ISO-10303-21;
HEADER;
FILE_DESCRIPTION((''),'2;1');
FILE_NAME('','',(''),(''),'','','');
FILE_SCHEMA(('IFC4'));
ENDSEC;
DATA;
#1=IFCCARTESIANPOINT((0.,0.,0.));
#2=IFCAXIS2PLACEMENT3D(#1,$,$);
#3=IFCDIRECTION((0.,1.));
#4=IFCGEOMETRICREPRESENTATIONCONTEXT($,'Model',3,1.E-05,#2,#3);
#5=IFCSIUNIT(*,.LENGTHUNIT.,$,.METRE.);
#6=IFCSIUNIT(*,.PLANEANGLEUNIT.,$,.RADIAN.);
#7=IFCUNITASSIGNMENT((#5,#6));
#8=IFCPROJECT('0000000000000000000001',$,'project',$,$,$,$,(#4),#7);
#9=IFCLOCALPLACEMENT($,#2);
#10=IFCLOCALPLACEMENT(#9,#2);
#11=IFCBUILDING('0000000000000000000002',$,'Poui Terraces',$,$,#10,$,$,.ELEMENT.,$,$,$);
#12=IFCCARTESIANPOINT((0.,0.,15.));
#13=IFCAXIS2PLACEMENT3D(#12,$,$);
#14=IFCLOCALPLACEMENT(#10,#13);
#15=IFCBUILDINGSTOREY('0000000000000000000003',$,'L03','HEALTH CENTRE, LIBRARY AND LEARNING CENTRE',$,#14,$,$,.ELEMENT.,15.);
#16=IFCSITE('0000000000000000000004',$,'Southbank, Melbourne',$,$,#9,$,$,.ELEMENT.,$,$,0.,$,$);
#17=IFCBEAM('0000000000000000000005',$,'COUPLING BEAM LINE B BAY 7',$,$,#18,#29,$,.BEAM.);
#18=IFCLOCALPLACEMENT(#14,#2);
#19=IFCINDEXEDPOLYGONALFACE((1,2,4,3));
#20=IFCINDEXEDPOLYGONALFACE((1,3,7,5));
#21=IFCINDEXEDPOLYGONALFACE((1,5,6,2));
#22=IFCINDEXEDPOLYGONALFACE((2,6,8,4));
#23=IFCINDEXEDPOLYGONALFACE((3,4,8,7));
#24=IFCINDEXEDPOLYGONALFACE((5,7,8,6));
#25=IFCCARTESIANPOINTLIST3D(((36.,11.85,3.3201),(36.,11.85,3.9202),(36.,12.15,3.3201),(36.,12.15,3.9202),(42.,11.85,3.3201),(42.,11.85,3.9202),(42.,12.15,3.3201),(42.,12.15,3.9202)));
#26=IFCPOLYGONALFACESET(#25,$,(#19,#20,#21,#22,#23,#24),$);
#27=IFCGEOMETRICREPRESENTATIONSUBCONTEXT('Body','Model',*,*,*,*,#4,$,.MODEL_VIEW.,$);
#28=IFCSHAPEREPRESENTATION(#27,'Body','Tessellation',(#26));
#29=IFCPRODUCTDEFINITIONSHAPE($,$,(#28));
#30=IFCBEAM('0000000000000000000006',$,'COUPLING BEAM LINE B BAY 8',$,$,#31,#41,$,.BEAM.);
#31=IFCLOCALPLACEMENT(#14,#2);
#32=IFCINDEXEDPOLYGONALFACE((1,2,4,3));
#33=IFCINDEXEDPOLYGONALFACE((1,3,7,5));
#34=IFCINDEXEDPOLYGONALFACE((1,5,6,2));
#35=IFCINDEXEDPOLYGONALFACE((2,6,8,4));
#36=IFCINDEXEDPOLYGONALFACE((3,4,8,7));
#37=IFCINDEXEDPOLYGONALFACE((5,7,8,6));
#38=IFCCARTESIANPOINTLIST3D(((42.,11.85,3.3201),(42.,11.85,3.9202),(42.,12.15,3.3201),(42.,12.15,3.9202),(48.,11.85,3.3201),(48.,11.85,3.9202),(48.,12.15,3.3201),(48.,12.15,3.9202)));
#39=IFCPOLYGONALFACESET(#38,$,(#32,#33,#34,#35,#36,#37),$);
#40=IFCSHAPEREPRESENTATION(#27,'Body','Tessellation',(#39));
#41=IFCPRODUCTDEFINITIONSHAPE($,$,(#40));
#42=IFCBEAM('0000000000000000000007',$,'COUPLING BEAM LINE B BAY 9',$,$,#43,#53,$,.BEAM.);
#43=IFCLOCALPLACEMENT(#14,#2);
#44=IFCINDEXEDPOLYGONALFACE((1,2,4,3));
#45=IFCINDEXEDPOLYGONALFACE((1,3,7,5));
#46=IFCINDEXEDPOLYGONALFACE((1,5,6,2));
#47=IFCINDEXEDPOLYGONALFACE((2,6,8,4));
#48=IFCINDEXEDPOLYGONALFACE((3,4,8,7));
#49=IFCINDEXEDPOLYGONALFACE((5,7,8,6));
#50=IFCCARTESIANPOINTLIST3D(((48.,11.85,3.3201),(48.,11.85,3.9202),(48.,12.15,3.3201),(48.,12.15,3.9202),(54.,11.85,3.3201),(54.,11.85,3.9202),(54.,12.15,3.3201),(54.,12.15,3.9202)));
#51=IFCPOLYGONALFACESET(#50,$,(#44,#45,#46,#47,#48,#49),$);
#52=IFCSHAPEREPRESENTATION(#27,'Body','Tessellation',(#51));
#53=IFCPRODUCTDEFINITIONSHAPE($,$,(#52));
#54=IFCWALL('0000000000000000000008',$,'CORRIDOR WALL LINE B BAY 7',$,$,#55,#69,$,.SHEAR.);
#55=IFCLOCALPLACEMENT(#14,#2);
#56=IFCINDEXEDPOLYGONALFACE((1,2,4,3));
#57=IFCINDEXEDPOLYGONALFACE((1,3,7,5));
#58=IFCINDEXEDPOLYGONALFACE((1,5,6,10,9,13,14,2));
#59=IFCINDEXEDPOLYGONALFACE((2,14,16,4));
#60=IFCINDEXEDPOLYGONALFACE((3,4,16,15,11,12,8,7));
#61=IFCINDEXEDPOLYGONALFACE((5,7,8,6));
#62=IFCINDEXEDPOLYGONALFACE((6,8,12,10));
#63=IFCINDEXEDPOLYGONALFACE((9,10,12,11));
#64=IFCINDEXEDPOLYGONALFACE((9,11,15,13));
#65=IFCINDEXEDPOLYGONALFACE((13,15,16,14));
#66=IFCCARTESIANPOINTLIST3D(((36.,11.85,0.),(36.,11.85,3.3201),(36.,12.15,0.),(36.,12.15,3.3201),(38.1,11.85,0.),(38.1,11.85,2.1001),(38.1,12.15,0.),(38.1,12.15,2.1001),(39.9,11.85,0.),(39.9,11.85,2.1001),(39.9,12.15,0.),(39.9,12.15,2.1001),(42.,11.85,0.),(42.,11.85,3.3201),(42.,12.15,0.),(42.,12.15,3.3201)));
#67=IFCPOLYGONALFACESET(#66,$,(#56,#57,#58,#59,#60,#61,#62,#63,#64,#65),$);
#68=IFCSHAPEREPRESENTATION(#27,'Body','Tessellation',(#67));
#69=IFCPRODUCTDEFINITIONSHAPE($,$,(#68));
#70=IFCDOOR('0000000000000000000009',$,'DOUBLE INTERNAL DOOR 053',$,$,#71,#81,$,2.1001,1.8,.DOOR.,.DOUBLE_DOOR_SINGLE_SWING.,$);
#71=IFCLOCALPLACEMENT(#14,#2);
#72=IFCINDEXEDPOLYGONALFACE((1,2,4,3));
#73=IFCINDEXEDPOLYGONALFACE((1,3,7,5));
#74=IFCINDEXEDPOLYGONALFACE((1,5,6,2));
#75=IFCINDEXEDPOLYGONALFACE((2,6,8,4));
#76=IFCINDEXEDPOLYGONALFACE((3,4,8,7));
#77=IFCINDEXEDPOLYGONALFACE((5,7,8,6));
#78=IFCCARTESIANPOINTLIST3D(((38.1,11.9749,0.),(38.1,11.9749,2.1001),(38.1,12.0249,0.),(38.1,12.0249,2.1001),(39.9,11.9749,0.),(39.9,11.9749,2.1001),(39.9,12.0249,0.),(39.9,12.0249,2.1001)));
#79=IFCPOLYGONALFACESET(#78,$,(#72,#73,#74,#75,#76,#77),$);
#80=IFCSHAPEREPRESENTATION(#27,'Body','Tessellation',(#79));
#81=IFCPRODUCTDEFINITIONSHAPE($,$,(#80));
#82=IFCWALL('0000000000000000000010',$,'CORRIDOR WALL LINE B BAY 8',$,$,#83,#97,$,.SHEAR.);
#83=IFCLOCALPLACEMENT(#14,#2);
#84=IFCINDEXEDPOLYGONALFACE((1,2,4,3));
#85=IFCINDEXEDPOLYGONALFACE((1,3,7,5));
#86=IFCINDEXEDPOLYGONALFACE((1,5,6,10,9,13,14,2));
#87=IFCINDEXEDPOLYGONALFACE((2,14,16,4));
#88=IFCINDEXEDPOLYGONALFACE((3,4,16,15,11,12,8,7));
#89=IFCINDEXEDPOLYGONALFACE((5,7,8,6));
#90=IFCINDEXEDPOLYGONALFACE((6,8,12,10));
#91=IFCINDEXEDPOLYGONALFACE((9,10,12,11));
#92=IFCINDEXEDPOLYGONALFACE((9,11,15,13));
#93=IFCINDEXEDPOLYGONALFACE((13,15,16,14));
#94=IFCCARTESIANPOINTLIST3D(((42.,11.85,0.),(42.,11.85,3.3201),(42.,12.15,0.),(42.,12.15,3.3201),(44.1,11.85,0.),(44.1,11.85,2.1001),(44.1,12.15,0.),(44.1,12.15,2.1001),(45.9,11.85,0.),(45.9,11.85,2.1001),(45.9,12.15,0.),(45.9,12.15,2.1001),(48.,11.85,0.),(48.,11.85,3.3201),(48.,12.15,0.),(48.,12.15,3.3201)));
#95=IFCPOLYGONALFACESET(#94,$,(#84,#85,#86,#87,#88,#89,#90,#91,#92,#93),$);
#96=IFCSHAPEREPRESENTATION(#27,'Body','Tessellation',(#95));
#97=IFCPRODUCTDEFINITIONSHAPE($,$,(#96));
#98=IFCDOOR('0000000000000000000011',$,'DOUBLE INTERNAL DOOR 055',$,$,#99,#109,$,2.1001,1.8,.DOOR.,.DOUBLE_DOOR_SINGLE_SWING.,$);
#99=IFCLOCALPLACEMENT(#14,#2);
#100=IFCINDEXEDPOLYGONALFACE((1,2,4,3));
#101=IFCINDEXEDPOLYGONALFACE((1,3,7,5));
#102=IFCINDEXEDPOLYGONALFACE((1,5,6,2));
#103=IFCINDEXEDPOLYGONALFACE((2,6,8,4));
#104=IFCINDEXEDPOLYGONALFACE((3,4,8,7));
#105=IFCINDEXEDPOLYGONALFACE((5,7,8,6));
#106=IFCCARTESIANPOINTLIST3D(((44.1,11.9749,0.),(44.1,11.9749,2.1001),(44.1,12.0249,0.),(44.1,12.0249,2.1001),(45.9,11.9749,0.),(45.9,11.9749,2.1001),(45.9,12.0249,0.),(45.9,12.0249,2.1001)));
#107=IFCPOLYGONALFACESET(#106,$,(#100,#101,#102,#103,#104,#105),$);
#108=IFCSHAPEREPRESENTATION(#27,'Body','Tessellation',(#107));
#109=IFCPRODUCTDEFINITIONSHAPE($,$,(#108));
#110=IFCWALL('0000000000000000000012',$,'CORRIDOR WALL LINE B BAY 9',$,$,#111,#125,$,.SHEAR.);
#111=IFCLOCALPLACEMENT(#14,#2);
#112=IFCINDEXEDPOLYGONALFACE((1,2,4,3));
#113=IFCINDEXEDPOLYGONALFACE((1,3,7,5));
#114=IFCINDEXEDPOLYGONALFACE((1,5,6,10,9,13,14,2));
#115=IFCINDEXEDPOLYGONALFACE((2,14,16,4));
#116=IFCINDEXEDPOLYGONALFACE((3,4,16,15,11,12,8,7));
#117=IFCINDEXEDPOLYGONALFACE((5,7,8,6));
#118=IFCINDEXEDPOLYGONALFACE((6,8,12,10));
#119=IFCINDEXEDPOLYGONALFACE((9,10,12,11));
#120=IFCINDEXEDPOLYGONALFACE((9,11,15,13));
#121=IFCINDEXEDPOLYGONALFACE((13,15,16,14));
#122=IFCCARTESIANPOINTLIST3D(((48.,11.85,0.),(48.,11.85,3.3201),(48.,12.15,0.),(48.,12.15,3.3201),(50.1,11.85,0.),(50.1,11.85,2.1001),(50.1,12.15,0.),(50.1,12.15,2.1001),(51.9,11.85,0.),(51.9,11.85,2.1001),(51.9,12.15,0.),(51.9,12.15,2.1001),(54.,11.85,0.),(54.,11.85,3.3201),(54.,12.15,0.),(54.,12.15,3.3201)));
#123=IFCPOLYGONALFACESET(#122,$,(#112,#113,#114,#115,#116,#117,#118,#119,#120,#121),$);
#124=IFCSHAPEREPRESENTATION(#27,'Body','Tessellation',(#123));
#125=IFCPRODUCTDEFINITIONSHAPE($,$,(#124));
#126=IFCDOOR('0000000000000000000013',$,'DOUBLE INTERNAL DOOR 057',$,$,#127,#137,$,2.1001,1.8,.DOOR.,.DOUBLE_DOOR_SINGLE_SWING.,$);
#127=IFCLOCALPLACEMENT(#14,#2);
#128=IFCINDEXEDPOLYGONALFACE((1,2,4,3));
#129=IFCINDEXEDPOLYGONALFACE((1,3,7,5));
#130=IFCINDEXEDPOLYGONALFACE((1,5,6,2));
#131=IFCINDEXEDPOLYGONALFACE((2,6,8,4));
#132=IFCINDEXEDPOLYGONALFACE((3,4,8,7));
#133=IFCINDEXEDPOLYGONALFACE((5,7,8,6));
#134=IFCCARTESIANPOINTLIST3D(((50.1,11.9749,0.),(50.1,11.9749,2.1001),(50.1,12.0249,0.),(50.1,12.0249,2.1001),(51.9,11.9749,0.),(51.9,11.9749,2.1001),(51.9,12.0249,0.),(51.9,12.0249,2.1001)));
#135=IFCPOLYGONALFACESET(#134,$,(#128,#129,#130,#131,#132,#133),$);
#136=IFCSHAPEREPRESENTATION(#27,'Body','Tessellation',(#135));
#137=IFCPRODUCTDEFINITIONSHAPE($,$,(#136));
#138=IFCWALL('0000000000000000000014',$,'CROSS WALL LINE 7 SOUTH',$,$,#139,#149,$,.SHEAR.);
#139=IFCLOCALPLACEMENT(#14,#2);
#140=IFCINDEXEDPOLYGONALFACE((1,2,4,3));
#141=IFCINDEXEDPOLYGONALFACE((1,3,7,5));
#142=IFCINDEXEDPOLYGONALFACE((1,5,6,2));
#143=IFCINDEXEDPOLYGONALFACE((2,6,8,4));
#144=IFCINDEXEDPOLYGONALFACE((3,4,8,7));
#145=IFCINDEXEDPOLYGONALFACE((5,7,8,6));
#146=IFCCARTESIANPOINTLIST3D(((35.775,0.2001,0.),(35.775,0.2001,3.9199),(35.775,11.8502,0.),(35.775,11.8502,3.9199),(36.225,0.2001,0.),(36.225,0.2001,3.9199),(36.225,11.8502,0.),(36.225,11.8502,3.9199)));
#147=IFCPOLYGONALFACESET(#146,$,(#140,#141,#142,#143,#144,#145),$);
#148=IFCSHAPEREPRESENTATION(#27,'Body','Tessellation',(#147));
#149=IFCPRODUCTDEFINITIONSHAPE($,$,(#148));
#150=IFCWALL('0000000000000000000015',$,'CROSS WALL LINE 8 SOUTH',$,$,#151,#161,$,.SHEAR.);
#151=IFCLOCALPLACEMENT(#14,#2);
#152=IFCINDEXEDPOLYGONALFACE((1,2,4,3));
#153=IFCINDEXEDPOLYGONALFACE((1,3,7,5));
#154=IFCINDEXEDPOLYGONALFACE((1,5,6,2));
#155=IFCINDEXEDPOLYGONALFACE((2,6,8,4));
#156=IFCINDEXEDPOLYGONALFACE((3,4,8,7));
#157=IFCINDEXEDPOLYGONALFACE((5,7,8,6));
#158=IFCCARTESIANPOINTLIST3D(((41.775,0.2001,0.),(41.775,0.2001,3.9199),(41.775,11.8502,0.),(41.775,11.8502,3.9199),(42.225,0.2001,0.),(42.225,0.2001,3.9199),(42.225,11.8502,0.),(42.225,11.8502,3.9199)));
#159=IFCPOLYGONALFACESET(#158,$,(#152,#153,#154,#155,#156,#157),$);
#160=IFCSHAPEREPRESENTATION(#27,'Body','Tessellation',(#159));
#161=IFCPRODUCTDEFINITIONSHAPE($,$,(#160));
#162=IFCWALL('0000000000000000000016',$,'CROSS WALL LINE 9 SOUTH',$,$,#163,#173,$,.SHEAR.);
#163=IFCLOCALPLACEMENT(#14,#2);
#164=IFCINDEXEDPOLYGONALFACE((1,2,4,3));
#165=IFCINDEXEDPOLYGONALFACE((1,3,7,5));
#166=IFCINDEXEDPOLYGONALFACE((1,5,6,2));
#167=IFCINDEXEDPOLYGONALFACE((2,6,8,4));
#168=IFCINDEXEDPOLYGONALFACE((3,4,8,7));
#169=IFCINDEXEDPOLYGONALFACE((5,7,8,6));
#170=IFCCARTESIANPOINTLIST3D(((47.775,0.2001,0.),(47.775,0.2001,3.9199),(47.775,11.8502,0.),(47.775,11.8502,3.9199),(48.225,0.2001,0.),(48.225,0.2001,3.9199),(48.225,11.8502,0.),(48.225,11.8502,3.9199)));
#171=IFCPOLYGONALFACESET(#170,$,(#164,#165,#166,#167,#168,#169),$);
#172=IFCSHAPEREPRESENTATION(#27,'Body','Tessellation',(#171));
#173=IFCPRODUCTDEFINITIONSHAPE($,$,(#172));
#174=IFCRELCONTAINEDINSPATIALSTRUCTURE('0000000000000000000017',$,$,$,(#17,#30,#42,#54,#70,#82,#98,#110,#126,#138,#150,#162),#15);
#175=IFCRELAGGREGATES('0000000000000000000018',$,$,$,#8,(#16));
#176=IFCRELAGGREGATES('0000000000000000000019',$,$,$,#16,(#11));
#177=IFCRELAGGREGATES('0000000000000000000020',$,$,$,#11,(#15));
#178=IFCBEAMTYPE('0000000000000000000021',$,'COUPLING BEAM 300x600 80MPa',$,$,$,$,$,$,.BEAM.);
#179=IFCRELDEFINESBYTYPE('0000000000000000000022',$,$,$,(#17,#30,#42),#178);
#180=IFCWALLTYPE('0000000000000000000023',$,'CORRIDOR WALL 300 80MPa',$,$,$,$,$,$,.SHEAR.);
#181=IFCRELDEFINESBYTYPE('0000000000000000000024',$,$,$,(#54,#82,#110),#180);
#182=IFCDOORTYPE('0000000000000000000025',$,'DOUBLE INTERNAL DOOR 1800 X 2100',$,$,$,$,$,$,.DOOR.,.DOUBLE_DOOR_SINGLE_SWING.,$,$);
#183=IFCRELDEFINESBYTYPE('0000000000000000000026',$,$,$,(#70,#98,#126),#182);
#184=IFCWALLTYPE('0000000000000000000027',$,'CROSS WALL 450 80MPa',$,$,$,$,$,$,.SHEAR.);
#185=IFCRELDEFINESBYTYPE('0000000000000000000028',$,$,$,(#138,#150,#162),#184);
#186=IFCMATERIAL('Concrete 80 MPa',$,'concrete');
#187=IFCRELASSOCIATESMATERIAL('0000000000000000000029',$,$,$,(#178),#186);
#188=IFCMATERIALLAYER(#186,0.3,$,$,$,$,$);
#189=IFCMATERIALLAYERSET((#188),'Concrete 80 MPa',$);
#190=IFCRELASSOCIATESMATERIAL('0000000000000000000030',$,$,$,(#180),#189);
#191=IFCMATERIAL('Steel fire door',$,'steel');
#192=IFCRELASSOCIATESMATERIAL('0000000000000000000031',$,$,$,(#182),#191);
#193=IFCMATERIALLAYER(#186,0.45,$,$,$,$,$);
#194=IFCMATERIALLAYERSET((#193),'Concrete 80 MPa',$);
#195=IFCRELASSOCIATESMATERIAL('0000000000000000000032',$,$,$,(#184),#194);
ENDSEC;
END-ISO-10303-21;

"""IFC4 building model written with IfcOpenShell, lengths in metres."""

from ifc_helpers import new_model, si_unit, direction, frame, frame_2d, origin, origin_2d, place, context, subcontext, project, spatial, rectangle, extrude, source, transform, mapped, material, layer, layer_set, material_profile, profile_set, type_object, element, fill, save


model = new_model("IFC4")

# Units and contexts
model_context = context("Model", 3, precision=1e-05, world=origin(), true_north=direction((0.0, 1.0)))
body_context = subcontext(model_context, "Body", "Model", "MODEL_VIEW")
ifc_project = project(units=[si_unit("LENGTHUNIT", "METRE"), si_unit("PLANEANGLEUNIT", "RADIAN")], contexts=[model_context])

# Site, building, storey
site_placement = place(None, origin())
site = spatial("IfcSite", under=ifc_project, at=site_placement, Name="Southbank, Melbourne", CompositionType="ELEMENT", RefElevation=0.0)
building_placement = place(site_placement, origin())
building = spatial("IfcBuilding", under=site, at=building_placement, Name="Poui Terraces", CompositionType="ELEMENT")
storey_placement = place(building_placement, frame((0.0, 0.0, 15.0)))
storey = spatial("IfcBuildingStorey", under=building, at=storey_placement, Name="L03", Description="HEALTH CENTRE, LIBRARY AND LEARNING CENTRE", CompositionType="ELEMENT", Elevation=15.0)

# Beams
ifc_material_1 = material(Name="Concrete 80 MPa", Category="concrete")
ifc_material_profile = material_profile(ifc_material_1, rectangle(XDim=0.3, YDim=0.6001, at=origin_2d()), Name="RC 300x600")
ifc_profile_set = profile_set([ifc_material_profile], Name="Concrete 80 MPa")
beam_type = type_object("IfcBeamType", Name="COUPLING BEAM 300x600 80MPa", PredefinedType="BEAM", material=ifc_profile_set)
shared_shape = source(origin(), body_context, "Body", "SweptSolid", [
    extrude(rectangle(XDim=0.3, YDim=0.6001, at=origin_2d()), origin(), (0.0, 0.0, 1.0), 6.0),
])
for number, where, z_axis, x_axis, name in (
    (1, (36.0, 12.0, 3.6201), (1.0, 0.0, 0.0), (0.0, 1.0, 0.0), "COUPLING BEAM LINE B BAY 7"),
    (2, (42.0, 12.0, 3.6201), (1.0, 0.0, 0.0), (0.0, 1.0, 0.0), "COUPLING BEAM LINE B BAY 8"),
    (3, (48.0, 12.0, 3.6201), (1.0, 0.0, 0.0), (0.0, 1.0, 0.0), "COUPLING BEAM LINE B BAY 9"),
):
    element("IfcBeam", number, at=place(storey_placement, frame(where, z_axis=z_axis, x_axis=x_axis)), inside=storey, type_object=beam_type, Name=name, PredefinedType="BEAM", context=body_context, shape_type="MappedRepresentation", body=[
        mapped(shared_shape, transform((0.0, 0.0, 0.0))),
    ])

# Walls, openings, doors
ifc_layer_1 = layer(ifc_material_1, 0.3)
ifc_layer_set_1 = layer_set([ifc_layer_1], Name="Concrete 80 MPa")
wall_type_1 = type_object("IfcWallType", Name="CORRIDOR WALL 300 80MPa", PredefinedType="SHEAR", material=ifc_layer_set_1)
wall_1_placement = place(storey_placement, frame((36.0, 12.0, 0.0), z_axis=(0.0, 0.0, 1.0), x_axis=(1.0, 0.0, 0.0)))
wall_1 = element("IfcWall", 4, at=wall_1_placement, inside=storey, type_object=wall_type_1, Name="CORRIDOR WALL LINE B BAY 7", PredefinedType="SHEAR", context=body_context, shape_type="SweptSolid", body=[
    extrude(rectangle(XDim=6.0, YDim=0.3, at=frame_2d((3.0, 0.0))), origin(), (0.0, 0.0, 1.0), 3.3201),
])
opening_1_placement = place(wall_1_placement, frame((2.1001, 0.0, 0.0)))
opening_1 = element("IfcOpeningElement", 5, at=opening_1_placement, cuts=wall_1, PredefinedType="OPENING", context=body_context, shape_type="SweptSolid", body=[
    extrude(rectangle(XDim=1.8, YDim=2.1001, at=frame_2d((0.8999, 1.05))), frame((0.0, 0.1602, 0.0), z_axis=(0.0, -1.0, 0.0), x_axis=(1.0, 0.0, 0.0)), (0.0, 0.0, 1.0), 0.3201),
])
ifc_material_2 = material(Name="Steel fire door", Category="steel")
door_type_1 = type_object("IfcDoorType", Name="DOUBLE INTERNAL DOOR 1800 X 2100", OperationType="DOUBLE_DOOR_SINGLE_SWING", PredefinedType="DOOR", material=ifc_material_2)
door_1_placement = place(opening_1_placement, origin())
door_1 = element("IfcDoor", 6, at=door_1_placement, inside=storey, type_object=door_type_1, Name="DOUBLE INTERNAL DOOR 053", OperationType="DOUBLE_DOOR_SINGLE_SWING", OverallHeight=2.1001, OverallWidth=1.8, PredefinedType="DOOR", context=body_context, shape_type="SweptSolid", body=[
    extrude(rectangle(XDim=1.8, YDim=2.1001, at=frame_2d((0.8999, 1.05))), frame((0.0, 0.0249, 0.0), z_axis=(0.0, -1.0, 0.0), x_axis=(1.0, 0.0, 0.0)), (0.0, 0.0, 1.0), 0.05),
])
fill(opening_1, door_1)
wall_2_placement = place(storey_placement, frame((42.0, 12.0, 0.0), z_axis=(0.0, 0.0, 1.0), x_axis=(1.0, 0.0, 0.0)))
wall_2 = element("IfcWall", 7, at=wall_2_placement, inside=storey, type_object=wall_type_1, Name="CORRIDOR WALL LINE B BAY 8", PredefinedType="SHEAR", context=body_context, shape_type="SweptSolid", body=[
    extrude(rectangle(XDim=6.0, YDim=0.3, at=frame_2d((3.0, 0.0))), origin(), (0.0, 0.0, 1.0), 3.3201),
])
opening_2_placement = place(wall_2_placement, frame((2.1001, 0.0, 0.0)))
opening_2 = element("IfcOpeningElement", 8, at=opening_2_placement, cuts=wall_2, PredefinedType="OPENING", context=body_context, shape_type="SweptSolid", body=[
    extrude(rectangle(XDim=1.8, YDim=2.1001, at=frame_2d((0.8999, 1.05))), frame((0.0, 0.1602, 0.0), z_axis=(0.0, -1.0, 0.0), x_axis=(1.0, 0.0, 0.0)), (0.0, 0.0, 1.0), 0.3201),
])
door_2_placement = place(opening_2_placement, origin())
door_2 = element("IfcDoor", 9, at=door_2_placement, inside=storey, type_object=door_type_1, Name="DOUBLE INTERNAL DOOR 055", OperationType="DOUBLE_DOOR_SINGLE_SWING", OverallHeight=2.1001, OverallWidth=1.8, PredefinedType="DOOR", context=body_context, shape_type="SweptSolid", body=[
    extrude(rectangle(XDim=1.8, YDim=2.1001, at=frame_2d((0.8999, 1.05))), frame((0.0, 0.0249, 0.0), z_axis=(0.0, -1.0, 0.0), x_axis=(1.0, 0.0, 0.0)), (0.0, 0.0, 1.0), 0.05),
])
fill(opening_2, door_2)
wall_3_placement = place(storey_placement, frame((48.0, 12.0, 0.0), z_axis=(0.0, 0.0, 1.0), x_axis=(1.0, 0.0, 0.0)))
wall_3 = element("IfcWall", 10, at=wall_3_placement, inside=storey, type_object=wall_type_1, Name="CORRIDOR WALL LINE B BAY 9", PredefinedType="SHEAR", context=body_context, shape_type="SweptSolid", body=[
    extrude(rectangle(XDim=6.0, YDim=0.3, at=frame_2d((3.0, 0.0))), origin(), (0.0, 0.0, 1.0), 3.3201),
])
opening_3_placement = place(wall_3_placement, frame((2.1001, 0.0, 0.0)))
opening_3 = element("IfcOpeningElement", 11, at=opening_3_placement, cuts=wall_3, PredefinedType="OPENING", context=body_context, shape_type="SweptSolid", body=[
    extrude(rectangle(XDim=1.8, YDim=2.1001, at=frame_2d((0.8999, 1.05))), frame((0.0, 0.1602, 0.0), z_axis=(0.0, -1.0, 0.0), x_axis=(1.0, 0.0, 0.0)), (0.0, 0.0, 1.0), 0.3201),
])
door_3_placement = place(opening_3_placement, origin())
door_3 = element("IfcDoor", 12, at=door_3_placement, inside=storey, type_object=door_type_1, Name="DOUBLE INTERNAL DOOR 057", OperationType="DOUBLE_DOOR_SINGLE_SWING", OverallHeight=2.1001, OverallWidth=1.8, PredefinedType="DOOR", context=body_context, shape_type="SweptSolid", body=[
    extrude(rectangle(XDim=1.8, YDim=2.1001, at=frame_2d((0.8999, 1.05))), frame((0.0, 0.0249, 0.0), z_axis=(0.0, -1.0, 0.0), x_axis=(1.0, 0.0, 0.0)), (0.0, 0.0, 1.0), 0.05),
])
fill(opening_3, door_3)

# Walls
ifc_layer_2 = layer(ifc_material_1, 0.45)
ifc_layer_set_2 = layer_set([ifc_layer_2], Name="Concrete 80 MPa")
wall_type_2 = type_object("IfcWallType", Name="CROSS WALL 450 80MPa", PredefinedType="SHEAR", material=ifc_layer_set_2)
for number, where, z_axis, x_axis, name in (
    (13, (36.0, 0.2, 0.0), (0.0, 0.0, 1.0), (0.0, 1.0, 0.0), "CROSS WALL LINE 7 SOUTH"),
    (14, (42.0, 0.2, 0.0), (0.0, 0.0, 1.0), (0.0, 1.0, 0.0), "CROSS WALL LINE 8 SOUTH"),
    (15, (48.0, 0.2, 0.0), (0.0, 0.0, 1.0), (0.0, 1.0, 0.0), "CROSS WALL LINE 9 SOUTH"),
):
    element("IfcWall", number, at=place(storey_placement, frame(where, z_axis=z_axis, x_axis=x_axis)), inside=storey, type_object=wall_type_2, Name=name, PredefinedType="SHEAR", context=body_context, shape_type="SweptSolid", body=[
        extrude(rectangle(XDim=11.6501, YDim=0.45, at=frame_2d((5.8252, 0.0))), origin(), (0.0, 0.0, 1.0), 3.9199),
    ])

save(model, "model.ifc")
